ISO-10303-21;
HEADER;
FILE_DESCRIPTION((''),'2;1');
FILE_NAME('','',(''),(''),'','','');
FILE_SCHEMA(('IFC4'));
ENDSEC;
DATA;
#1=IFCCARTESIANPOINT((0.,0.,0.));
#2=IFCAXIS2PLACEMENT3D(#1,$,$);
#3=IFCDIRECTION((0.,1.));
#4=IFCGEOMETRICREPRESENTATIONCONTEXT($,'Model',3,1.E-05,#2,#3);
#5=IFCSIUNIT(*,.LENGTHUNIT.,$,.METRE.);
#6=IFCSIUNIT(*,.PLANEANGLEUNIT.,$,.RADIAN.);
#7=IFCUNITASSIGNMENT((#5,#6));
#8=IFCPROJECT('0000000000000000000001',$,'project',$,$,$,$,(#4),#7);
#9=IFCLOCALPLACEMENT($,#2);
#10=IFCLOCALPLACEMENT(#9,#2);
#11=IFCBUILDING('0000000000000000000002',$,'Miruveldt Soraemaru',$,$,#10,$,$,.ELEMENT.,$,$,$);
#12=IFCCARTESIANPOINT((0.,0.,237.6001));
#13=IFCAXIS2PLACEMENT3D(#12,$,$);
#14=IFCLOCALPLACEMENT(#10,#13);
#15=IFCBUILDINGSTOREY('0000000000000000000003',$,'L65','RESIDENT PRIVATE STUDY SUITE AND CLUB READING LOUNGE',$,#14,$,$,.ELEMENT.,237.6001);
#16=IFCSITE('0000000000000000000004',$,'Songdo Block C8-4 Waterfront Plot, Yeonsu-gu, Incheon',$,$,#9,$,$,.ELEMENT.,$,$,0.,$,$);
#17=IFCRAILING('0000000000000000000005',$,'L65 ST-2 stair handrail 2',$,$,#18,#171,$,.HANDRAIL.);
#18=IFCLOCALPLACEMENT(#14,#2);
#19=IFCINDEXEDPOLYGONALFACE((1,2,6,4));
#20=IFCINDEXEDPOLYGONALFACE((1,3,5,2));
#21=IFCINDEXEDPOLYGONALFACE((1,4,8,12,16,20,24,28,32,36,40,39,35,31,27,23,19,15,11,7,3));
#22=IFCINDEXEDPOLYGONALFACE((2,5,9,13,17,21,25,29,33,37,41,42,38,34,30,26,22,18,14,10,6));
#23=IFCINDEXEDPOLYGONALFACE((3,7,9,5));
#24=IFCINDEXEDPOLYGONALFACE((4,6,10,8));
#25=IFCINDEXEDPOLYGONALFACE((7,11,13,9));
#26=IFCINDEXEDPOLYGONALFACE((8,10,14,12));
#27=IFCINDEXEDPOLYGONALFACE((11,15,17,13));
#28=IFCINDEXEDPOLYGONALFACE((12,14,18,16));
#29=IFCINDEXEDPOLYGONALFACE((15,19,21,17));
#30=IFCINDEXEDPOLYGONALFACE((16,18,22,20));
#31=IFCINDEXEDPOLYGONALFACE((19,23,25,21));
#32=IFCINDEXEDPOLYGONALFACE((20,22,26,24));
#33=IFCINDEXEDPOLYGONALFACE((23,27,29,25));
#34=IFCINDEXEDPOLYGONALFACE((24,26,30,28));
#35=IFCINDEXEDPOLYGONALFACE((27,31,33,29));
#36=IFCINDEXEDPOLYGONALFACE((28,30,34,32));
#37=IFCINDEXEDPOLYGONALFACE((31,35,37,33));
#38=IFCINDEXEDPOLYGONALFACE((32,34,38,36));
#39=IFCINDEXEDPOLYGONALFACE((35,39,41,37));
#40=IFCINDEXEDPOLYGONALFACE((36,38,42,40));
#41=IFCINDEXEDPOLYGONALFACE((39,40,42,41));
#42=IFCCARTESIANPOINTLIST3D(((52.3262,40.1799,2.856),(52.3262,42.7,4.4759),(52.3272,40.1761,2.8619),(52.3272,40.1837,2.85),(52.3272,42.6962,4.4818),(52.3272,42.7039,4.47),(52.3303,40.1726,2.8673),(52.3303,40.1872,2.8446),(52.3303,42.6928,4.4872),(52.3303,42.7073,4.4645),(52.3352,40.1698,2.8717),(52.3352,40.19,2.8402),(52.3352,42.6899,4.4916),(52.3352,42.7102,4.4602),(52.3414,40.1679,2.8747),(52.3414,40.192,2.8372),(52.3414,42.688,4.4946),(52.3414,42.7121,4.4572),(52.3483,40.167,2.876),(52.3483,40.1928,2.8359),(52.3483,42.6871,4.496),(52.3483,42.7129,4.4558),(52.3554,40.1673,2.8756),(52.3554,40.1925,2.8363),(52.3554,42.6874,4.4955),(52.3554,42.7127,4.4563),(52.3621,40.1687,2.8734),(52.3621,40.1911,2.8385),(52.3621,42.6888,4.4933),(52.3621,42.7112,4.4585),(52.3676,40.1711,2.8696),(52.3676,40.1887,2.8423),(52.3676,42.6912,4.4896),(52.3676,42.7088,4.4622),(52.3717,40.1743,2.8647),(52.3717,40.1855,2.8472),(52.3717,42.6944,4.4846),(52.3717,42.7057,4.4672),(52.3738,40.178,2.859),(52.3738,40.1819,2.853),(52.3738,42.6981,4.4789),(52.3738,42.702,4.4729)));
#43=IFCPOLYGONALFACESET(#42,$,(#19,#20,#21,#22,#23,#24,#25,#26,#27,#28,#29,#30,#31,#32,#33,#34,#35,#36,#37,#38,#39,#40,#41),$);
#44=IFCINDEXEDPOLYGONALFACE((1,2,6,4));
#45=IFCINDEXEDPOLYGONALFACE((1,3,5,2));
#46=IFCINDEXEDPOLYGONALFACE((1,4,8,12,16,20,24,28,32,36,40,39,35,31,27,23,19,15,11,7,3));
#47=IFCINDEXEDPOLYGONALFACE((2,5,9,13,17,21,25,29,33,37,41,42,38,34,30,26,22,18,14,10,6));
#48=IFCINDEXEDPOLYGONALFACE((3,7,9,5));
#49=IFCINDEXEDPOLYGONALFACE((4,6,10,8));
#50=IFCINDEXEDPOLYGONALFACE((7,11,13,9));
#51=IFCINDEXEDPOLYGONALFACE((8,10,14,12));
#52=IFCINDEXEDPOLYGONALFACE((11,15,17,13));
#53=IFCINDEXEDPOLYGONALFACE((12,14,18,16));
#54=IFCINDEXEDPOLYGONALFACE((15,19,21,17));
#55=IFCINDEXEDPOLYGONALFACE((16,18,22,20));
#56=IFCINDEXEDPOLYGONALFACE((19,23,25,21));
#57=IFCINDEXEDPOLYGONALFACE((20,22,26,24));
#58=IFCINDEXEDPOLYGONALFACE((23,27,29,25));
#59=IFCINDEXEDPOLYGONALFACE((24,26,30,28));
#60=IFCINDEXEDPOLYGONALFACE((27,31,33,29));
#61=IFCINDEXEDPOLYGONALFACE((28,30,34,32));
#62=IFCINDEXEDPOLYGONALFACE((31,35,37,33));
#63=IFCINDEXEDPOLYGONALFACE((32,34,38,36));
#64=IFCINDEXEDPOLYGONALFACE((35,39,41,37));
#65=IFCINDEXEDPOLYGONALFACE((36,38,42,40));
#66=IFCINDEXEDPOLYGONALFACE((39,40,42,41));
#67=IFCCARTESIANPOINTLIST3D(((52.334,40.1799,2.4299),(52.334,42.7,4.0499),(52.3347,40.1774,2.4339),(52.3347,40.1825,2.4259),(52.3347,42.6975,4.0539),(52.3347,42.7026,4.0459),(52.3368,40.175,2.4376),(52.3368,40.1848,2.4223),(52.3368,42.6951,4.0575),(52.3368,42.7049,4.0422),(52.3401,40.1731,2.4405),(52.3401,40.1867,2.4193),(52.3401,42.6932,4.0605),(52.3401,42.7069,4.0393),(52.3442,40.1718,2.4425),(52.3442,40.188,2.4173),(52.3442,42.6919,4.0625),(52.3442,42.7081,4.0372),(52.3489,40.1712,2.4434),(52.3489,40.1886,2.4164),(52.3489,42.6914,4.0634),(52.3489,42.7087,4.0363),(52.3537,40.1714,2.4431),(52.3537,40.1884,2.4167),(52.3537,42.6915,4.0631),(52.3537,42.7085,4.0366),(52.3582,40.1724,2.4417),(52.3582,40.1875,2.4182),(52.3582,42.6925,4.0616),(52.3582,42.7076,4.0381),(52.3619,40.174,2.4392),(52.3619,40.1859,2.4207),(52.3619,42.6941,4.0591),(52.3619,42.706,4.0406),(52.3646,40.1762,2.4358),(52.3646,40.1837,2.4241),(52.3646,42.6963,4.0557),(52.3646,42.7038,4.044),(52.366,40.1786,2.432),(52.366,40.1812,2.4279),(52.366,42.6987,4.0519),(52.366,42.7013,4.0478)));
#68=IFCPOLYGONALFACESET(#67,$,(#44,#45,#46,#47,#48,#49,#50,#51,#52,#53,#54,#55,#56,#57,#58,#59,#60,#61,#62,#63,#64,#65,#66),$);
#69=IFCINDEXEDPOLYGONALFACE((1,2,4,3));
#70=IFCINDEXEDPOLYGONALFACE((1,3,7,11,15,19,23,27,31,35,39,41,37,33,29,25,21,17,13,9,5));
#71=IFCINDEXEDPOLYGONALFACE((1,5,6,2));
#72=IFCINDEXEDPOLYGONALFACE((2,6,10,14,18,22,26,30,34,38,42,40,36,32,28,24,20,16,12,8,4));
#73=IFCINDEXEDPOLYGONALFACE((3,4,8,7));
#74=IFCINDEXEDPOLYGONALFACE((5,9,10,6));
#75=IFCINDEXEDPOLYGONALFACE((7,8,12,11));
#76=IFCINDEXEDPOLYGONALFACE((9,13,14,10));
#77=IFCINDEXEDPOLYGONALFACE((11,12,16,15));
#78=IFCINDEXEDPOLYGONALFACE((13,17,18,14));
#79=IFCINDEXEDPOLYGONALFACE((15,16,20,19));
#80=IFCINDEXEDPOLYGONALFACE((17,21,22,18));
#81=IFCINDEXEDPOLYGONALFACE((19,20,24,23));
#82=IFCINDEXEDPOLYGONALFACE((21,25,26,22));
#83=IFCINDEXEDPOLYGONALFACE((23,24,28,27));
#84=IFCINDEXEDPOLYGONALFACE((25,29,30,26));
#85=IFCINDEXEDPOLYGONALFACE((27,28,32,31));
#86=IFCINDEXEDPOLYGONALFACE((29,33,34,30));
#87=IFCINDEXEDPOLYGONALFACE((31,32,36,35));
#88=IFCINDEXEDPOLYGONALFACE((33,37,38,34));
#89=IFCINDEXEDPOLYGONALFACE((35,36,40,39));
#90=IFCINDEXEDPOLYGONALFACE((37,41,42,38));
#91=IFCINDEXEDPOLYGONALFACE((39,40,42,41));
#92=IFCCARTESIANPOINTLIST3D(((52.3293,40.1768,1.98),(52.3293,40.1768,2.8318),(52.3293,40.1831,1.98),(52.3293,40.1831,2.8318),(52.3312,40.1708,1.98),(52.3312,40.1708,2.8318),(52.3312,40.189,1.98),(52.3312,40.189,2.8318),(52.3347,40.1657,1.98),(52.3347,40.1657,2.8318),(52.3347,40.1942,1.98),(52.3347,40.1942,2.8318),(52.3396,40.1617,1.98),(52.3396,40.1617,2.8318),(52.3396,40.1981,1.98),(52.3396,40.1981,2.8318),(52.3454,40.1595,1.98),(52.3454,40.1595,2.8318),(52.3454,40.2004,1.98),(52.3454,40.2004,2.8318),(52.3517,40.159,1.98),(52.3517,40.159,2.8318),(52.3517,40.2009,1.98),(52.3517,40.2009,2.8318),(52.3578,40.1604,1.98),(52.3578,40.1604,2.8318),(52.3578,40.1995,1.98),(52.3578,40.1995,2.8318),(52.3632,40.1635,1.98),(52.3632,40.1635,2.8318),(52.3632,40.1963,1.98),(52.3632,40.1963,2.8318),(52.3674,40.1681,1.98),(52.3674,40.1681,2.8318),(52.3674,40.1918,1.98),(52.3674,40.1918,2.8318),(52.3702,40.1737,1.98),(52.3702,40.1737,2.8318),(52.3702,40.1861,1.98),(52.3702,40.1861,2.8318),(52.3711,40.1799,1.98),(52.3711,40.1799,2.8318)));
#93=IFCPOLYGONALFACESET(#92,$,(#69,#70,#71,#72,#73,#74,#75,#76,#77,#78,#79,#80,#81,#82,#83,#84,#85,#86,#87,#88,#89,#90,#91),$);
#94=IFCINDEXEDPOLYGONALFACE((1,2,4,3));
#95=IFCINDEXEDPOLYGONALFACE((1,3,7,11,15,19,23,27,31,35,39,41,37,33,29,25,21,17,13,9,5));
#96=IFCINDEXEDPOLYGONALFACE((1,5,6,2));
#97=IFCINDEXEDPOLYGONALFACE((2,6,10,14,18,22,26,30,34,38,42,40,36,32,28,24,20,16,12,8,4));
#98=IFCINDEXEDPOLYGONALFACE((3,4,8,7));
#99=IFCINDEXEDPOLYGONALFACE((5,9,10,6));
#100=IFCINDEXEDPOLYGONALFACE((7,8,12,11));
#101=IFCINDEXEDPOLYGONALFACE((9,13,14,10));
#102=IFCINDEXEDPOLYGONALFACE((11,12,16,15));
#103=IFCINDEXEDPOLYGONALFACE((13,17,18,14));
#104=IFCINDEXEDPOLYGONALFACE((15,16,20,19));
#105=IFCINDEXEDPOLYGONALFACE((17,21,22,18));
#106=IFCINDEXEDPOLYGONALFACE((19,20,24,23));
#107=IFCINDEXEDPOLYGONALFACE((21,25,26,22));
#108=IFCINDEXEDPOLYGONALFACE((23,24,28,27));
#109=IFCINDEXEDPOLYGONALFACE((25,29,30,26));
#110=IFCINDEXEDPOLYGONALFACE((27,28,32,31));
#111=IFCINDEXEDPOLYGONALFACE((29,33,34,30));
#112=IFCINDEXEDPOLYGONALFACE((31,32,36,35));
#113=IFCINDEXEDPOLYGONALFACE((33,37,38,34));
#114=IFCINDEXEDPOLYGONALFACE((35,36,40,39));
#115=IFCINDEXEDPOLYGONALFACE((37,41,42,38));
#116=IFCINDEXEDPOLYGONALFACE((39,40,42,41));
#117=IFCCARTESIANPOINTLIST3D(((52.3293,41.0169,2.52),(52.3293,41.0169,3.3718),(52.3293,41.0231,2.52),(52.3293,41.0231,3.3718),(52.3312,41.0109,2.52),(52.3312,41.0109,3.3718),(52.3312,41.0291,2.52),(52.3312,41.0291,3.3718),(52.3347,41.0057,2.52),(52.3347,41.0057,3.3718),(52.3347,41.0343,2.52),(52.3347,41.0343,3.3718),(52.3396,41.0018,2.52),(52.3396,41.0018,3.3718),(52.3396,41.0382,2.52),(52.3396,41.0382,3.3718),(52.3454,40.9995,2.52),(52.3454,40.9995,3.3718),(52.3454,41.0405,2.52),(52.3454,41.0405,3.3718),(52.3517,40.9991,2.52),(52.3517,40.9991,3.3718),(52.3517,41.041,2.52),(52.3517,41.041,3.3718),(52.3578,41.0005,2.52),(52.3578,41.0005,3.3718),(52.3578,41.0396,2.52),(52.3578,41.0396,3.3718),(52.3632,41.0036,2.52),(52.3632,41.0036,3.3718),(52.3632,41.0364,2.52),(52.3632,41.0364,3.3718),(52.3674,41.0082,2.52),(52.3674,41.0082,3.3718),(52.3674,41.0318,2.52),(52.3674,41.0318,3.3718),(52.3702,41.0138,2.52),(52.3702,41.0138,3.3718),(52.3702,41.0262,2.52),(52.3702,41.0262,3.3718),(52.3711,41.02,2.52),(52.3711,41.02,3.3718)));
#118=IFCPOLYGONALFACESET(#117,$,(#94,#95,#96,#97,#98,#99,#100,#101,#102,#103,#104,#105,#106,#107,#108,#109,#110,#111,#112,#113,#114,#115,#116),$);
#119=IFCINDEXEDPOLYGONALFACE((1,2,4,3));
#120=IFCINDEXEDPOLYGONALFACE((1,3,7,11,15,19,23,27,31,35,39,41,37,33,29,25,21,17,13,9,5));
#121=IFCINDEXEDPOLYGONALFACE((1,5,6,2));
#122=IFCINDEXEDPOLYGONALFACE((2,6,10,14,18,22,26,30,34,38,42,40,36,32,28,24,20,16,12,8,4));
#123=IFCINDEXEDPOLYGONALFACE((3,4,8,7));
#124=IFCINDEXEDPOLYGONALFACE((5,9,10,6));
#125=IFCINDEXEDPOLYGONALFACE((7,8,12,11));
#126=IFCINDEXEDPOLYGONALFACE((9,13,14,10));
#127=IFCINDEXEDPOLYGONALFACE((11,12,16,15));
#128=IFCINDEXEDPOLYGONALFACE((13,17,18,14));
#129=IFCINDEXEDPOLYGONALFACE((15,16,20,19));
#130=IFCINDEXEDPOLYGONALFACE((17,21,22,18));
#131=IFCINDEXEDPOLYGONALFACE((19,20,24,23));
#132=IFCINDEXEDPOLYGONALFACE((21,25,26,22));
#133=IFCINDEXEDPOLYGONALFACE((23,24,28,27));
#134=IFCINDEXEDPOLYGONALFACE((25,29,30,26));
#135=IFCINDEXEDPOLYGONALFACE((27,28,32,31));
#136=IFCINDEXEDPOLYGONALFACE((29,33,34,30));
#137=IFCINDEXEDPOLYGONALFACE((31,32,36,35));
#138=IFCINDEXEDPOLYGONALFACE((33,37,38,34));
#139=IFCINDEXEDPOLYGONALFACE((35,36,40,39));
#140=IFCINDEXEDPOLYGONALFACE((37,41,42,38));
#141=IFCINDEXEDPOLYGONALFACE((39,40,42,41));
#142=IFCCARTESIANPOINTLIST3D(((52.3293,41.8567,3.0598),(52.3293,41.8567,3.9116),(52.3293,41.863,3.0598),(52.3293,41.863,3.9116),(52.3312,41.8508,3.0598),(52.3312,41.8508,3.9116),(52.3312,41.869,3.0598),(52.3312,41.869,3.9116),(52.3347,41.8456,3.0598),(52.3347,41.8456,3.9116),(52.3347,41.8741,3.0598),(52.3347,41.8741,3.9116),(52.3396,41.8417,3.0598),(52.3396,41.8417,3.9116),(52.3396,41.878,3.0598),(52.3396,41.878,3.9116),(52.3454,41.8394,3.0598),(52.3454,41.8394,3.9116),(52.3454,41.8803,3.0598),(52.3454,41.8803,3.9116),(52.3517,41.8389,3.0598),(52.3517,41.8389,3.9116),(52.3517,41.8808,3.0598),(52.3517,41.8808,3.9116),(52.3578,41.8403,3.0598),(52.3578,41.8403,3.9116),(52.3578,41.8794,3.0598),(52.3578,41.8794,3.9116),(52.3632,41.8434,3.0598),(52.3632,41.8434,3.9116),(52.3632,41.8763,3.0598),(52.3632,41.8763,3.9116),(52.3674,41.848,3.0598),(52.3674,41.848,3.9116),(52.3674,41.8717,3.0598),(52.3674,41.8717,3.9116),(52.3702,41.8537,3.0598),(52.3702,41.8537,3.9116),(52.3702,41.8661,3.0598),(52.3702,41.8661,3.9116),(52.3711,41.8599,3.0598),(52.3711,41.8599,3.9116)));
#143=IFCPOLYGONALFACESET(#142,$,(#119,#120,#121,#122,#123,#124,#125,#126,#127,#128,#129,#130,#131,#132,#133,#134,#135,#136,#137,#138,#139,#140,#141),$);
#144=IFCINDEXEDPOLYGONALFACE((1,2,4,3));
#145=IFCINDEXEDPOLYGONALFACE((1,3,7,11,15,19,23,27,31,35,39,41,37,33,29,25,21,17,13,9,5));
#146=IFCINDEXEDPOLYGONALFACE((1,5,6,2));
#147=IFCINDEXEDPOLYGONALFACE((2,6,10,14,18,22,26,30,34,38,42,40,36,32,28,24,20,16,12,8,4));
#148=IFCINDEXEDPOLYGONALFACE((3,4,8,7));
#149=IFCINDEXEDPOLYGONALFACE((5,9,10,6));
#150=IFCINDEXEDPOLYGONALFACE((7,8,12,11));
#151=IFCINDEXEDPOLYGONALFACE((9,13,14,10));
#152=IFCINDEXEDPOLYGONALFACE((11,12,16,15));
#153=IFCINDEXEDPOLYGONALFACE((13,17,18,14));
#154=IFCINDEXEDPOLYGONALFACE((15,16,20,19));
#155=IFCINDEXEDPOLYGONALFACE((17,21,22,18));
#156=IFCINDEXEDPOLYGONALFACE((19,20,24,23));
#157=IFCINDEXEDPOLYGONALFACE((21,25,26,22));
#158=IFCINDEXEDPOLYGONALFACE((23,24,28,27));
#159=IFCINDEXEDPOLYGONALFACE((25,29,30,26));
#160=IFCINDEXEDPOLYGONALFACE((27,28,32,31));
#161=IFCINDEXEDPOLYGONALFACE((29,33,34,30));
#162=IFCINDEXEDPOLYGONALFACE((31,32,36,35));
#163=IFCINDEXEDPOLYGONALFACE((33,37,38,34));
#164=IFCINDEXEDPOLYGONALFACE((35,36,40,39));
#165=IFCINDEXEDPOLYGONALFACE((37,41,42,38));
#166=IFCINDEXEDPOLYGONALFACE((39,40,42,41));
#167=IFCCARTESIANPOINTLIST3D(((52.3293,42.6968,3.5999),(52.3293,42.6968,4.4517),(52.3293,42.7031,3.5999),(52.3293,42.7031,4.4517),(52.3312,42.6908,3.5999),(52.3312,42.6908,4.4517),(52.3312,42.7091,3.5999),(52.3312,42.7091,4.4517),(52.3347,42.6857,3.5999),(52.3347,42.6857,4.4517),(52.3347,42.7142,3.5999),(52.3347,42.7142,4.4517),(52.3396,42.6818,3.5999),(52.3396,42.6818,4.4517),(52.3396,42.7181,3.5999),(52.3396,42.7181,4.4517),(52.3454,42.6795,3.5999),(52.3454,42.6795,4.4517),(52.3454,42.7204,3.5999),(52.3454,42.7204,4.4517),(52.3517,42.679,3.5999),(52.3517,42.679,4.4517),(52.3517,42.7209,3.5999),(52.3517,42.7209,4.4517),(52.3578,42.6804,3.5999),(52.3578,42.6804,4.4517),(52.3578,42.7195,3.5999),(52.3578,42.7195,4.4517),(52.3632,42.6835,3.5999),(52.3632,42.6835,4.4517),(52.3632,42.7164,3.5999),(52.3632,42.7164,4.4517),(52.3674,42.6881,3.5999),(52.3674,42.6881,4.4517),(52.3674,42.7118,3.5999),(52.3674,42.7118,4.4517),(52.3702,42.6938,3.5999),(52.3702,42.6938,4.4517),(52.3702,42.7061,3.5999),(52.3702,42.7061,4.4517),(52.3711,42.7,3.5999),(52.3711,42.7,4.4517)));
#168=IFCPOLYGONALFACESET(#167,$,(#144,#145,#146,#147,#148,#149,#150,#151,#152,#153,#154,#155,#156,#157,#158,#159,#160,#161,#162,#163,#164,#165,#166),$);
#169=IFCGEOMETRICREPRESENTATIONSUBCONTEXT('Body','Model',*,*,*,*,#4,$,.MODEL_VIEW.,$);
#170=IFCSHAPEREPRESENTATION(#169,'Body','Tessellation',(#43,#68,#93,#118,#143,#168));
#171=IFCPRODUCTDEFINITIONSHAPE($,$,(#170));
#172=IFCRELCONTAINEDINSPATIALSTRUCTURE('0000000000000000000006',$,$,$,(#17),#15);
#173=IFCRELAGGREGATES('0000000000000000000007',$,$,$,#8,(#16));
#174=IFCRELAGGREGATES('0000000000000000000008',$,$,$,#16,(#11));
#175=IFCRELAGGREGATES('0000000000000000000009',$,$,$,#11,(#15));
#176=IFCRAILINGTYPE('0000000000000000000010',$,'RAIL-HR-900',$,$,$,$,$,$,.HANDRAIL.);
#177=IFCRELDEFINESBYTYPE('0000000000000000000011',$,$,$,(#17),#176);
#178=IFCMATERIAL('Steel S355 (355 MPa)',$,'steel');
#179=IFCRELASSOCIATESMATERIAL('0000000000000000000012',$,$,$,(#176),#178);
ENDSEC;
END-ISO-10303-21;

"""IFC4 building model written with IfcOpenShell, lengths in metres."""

from ifc_helpers import new_model, si_unit, direction, frame, origin, origin_2d, place, context, subcontext, project, spatial, circle, extrude, material, type_object, element, save


model = new_model("IFC4")

# Units and contexts
model_context = context("Model", 3, precision=1e-05, world=origin(), true_north=direction((0.0, 1.0)))
body_context = subcontext(model_context, "Body", "Model", "MODEL_VIEW")
ifc_project = project(units=[si_unit("LENGTHUNIT", "METRE"), si_unit("PLANEANGLEUNIT", "RADIAN")], contexts=[model_context])

# Site, building, storey
site_placement = place(None, origin())
site = spatial("IfcSite", under=ifc_project, at=site_placement, Name="Songdo Block C8-4 Waterfront Plot, Yeonsu-gu, Incheon", CompositionType="ELEMENT", RefElevation=0.0)
building_placement = place(site_placement, origin())
building = spatial("IfcBuilding", under=site, at=building_placement, Name="Miruveldt Soraemaru", CompositionType="ELEMENT")
storey_placement = place(building_placement, frame((0.0, 0.0, 237.6001)))
storey = spatial("IfcBuildingStorey", under=building, at=storey_placement, Name="L65", Description="RESIDENT PRIVATE STUDY SUITE AND CLUB READING LOUNGE", CompositionType="ELEMENT", Elevation=237.6001)

# Railing
ifc_material_1 = material(Name="Steel S355 (355 MPa)", Category="steel")
railing_type_1 = type_object("IfcRailingType", Name="RAIL-HR-900", PredefinedType="HANDRAIL", material=ifc_material_1)
railing_1_placement = place(storey_placement, frame((52.3501, 40.1799, 1.98)))
element("IfcRailing", 1, at=railing_1_placement, inside=storey, type_object=railing_type_1, Name="L65 ST-2 stair handrail 2", PredefinedType="HANDRAIL", context=body_context, shape_type="SweptSolid", body=[
    extrude(circle(Radius=0.0239, at=origin_2d()), frame((0.0, 0.0, 0.876), z_axis=(0.0, 0.8412, 0.540725), x_axis=(-1.0, 0.0, 0.0)), (0.0, 0.0, 1.0), 2.9958),
    extrude(circle(Radius=0.0161, at=origin_2d()), frame((0.0, 0.0, 0.45), z_axis=(0.0, 0.8412, 0.540725), x_axis=(-1.0, 0.0, 0.0)), (0.0, 0.0, 1.0), 2.9958),
    extrude(circle(Radius=0.021, at=origin_2d()), origin(), (0.0, 0.0, 1.0), 0.8518),
    extrude(circle(Radius=0.021, at=origin_2d()), frame((0.0, 0.8401, 0.54)), (0.0, 0.0, 1.0), 0.8518),
    extrude(circle(Radius=0.021, at=origin_2d()), frame((0.0, 1.6799, 1.0798)), (0.0, 0.0, 1.0), 0.8518),
    extrude(circle(Radius=0.021, at=origin_2d()), frame((0.0, 2.52, 1.6199)), (0.0, 0.0, 1.0), 0.8518),
])

save(model, "model.ifc")
